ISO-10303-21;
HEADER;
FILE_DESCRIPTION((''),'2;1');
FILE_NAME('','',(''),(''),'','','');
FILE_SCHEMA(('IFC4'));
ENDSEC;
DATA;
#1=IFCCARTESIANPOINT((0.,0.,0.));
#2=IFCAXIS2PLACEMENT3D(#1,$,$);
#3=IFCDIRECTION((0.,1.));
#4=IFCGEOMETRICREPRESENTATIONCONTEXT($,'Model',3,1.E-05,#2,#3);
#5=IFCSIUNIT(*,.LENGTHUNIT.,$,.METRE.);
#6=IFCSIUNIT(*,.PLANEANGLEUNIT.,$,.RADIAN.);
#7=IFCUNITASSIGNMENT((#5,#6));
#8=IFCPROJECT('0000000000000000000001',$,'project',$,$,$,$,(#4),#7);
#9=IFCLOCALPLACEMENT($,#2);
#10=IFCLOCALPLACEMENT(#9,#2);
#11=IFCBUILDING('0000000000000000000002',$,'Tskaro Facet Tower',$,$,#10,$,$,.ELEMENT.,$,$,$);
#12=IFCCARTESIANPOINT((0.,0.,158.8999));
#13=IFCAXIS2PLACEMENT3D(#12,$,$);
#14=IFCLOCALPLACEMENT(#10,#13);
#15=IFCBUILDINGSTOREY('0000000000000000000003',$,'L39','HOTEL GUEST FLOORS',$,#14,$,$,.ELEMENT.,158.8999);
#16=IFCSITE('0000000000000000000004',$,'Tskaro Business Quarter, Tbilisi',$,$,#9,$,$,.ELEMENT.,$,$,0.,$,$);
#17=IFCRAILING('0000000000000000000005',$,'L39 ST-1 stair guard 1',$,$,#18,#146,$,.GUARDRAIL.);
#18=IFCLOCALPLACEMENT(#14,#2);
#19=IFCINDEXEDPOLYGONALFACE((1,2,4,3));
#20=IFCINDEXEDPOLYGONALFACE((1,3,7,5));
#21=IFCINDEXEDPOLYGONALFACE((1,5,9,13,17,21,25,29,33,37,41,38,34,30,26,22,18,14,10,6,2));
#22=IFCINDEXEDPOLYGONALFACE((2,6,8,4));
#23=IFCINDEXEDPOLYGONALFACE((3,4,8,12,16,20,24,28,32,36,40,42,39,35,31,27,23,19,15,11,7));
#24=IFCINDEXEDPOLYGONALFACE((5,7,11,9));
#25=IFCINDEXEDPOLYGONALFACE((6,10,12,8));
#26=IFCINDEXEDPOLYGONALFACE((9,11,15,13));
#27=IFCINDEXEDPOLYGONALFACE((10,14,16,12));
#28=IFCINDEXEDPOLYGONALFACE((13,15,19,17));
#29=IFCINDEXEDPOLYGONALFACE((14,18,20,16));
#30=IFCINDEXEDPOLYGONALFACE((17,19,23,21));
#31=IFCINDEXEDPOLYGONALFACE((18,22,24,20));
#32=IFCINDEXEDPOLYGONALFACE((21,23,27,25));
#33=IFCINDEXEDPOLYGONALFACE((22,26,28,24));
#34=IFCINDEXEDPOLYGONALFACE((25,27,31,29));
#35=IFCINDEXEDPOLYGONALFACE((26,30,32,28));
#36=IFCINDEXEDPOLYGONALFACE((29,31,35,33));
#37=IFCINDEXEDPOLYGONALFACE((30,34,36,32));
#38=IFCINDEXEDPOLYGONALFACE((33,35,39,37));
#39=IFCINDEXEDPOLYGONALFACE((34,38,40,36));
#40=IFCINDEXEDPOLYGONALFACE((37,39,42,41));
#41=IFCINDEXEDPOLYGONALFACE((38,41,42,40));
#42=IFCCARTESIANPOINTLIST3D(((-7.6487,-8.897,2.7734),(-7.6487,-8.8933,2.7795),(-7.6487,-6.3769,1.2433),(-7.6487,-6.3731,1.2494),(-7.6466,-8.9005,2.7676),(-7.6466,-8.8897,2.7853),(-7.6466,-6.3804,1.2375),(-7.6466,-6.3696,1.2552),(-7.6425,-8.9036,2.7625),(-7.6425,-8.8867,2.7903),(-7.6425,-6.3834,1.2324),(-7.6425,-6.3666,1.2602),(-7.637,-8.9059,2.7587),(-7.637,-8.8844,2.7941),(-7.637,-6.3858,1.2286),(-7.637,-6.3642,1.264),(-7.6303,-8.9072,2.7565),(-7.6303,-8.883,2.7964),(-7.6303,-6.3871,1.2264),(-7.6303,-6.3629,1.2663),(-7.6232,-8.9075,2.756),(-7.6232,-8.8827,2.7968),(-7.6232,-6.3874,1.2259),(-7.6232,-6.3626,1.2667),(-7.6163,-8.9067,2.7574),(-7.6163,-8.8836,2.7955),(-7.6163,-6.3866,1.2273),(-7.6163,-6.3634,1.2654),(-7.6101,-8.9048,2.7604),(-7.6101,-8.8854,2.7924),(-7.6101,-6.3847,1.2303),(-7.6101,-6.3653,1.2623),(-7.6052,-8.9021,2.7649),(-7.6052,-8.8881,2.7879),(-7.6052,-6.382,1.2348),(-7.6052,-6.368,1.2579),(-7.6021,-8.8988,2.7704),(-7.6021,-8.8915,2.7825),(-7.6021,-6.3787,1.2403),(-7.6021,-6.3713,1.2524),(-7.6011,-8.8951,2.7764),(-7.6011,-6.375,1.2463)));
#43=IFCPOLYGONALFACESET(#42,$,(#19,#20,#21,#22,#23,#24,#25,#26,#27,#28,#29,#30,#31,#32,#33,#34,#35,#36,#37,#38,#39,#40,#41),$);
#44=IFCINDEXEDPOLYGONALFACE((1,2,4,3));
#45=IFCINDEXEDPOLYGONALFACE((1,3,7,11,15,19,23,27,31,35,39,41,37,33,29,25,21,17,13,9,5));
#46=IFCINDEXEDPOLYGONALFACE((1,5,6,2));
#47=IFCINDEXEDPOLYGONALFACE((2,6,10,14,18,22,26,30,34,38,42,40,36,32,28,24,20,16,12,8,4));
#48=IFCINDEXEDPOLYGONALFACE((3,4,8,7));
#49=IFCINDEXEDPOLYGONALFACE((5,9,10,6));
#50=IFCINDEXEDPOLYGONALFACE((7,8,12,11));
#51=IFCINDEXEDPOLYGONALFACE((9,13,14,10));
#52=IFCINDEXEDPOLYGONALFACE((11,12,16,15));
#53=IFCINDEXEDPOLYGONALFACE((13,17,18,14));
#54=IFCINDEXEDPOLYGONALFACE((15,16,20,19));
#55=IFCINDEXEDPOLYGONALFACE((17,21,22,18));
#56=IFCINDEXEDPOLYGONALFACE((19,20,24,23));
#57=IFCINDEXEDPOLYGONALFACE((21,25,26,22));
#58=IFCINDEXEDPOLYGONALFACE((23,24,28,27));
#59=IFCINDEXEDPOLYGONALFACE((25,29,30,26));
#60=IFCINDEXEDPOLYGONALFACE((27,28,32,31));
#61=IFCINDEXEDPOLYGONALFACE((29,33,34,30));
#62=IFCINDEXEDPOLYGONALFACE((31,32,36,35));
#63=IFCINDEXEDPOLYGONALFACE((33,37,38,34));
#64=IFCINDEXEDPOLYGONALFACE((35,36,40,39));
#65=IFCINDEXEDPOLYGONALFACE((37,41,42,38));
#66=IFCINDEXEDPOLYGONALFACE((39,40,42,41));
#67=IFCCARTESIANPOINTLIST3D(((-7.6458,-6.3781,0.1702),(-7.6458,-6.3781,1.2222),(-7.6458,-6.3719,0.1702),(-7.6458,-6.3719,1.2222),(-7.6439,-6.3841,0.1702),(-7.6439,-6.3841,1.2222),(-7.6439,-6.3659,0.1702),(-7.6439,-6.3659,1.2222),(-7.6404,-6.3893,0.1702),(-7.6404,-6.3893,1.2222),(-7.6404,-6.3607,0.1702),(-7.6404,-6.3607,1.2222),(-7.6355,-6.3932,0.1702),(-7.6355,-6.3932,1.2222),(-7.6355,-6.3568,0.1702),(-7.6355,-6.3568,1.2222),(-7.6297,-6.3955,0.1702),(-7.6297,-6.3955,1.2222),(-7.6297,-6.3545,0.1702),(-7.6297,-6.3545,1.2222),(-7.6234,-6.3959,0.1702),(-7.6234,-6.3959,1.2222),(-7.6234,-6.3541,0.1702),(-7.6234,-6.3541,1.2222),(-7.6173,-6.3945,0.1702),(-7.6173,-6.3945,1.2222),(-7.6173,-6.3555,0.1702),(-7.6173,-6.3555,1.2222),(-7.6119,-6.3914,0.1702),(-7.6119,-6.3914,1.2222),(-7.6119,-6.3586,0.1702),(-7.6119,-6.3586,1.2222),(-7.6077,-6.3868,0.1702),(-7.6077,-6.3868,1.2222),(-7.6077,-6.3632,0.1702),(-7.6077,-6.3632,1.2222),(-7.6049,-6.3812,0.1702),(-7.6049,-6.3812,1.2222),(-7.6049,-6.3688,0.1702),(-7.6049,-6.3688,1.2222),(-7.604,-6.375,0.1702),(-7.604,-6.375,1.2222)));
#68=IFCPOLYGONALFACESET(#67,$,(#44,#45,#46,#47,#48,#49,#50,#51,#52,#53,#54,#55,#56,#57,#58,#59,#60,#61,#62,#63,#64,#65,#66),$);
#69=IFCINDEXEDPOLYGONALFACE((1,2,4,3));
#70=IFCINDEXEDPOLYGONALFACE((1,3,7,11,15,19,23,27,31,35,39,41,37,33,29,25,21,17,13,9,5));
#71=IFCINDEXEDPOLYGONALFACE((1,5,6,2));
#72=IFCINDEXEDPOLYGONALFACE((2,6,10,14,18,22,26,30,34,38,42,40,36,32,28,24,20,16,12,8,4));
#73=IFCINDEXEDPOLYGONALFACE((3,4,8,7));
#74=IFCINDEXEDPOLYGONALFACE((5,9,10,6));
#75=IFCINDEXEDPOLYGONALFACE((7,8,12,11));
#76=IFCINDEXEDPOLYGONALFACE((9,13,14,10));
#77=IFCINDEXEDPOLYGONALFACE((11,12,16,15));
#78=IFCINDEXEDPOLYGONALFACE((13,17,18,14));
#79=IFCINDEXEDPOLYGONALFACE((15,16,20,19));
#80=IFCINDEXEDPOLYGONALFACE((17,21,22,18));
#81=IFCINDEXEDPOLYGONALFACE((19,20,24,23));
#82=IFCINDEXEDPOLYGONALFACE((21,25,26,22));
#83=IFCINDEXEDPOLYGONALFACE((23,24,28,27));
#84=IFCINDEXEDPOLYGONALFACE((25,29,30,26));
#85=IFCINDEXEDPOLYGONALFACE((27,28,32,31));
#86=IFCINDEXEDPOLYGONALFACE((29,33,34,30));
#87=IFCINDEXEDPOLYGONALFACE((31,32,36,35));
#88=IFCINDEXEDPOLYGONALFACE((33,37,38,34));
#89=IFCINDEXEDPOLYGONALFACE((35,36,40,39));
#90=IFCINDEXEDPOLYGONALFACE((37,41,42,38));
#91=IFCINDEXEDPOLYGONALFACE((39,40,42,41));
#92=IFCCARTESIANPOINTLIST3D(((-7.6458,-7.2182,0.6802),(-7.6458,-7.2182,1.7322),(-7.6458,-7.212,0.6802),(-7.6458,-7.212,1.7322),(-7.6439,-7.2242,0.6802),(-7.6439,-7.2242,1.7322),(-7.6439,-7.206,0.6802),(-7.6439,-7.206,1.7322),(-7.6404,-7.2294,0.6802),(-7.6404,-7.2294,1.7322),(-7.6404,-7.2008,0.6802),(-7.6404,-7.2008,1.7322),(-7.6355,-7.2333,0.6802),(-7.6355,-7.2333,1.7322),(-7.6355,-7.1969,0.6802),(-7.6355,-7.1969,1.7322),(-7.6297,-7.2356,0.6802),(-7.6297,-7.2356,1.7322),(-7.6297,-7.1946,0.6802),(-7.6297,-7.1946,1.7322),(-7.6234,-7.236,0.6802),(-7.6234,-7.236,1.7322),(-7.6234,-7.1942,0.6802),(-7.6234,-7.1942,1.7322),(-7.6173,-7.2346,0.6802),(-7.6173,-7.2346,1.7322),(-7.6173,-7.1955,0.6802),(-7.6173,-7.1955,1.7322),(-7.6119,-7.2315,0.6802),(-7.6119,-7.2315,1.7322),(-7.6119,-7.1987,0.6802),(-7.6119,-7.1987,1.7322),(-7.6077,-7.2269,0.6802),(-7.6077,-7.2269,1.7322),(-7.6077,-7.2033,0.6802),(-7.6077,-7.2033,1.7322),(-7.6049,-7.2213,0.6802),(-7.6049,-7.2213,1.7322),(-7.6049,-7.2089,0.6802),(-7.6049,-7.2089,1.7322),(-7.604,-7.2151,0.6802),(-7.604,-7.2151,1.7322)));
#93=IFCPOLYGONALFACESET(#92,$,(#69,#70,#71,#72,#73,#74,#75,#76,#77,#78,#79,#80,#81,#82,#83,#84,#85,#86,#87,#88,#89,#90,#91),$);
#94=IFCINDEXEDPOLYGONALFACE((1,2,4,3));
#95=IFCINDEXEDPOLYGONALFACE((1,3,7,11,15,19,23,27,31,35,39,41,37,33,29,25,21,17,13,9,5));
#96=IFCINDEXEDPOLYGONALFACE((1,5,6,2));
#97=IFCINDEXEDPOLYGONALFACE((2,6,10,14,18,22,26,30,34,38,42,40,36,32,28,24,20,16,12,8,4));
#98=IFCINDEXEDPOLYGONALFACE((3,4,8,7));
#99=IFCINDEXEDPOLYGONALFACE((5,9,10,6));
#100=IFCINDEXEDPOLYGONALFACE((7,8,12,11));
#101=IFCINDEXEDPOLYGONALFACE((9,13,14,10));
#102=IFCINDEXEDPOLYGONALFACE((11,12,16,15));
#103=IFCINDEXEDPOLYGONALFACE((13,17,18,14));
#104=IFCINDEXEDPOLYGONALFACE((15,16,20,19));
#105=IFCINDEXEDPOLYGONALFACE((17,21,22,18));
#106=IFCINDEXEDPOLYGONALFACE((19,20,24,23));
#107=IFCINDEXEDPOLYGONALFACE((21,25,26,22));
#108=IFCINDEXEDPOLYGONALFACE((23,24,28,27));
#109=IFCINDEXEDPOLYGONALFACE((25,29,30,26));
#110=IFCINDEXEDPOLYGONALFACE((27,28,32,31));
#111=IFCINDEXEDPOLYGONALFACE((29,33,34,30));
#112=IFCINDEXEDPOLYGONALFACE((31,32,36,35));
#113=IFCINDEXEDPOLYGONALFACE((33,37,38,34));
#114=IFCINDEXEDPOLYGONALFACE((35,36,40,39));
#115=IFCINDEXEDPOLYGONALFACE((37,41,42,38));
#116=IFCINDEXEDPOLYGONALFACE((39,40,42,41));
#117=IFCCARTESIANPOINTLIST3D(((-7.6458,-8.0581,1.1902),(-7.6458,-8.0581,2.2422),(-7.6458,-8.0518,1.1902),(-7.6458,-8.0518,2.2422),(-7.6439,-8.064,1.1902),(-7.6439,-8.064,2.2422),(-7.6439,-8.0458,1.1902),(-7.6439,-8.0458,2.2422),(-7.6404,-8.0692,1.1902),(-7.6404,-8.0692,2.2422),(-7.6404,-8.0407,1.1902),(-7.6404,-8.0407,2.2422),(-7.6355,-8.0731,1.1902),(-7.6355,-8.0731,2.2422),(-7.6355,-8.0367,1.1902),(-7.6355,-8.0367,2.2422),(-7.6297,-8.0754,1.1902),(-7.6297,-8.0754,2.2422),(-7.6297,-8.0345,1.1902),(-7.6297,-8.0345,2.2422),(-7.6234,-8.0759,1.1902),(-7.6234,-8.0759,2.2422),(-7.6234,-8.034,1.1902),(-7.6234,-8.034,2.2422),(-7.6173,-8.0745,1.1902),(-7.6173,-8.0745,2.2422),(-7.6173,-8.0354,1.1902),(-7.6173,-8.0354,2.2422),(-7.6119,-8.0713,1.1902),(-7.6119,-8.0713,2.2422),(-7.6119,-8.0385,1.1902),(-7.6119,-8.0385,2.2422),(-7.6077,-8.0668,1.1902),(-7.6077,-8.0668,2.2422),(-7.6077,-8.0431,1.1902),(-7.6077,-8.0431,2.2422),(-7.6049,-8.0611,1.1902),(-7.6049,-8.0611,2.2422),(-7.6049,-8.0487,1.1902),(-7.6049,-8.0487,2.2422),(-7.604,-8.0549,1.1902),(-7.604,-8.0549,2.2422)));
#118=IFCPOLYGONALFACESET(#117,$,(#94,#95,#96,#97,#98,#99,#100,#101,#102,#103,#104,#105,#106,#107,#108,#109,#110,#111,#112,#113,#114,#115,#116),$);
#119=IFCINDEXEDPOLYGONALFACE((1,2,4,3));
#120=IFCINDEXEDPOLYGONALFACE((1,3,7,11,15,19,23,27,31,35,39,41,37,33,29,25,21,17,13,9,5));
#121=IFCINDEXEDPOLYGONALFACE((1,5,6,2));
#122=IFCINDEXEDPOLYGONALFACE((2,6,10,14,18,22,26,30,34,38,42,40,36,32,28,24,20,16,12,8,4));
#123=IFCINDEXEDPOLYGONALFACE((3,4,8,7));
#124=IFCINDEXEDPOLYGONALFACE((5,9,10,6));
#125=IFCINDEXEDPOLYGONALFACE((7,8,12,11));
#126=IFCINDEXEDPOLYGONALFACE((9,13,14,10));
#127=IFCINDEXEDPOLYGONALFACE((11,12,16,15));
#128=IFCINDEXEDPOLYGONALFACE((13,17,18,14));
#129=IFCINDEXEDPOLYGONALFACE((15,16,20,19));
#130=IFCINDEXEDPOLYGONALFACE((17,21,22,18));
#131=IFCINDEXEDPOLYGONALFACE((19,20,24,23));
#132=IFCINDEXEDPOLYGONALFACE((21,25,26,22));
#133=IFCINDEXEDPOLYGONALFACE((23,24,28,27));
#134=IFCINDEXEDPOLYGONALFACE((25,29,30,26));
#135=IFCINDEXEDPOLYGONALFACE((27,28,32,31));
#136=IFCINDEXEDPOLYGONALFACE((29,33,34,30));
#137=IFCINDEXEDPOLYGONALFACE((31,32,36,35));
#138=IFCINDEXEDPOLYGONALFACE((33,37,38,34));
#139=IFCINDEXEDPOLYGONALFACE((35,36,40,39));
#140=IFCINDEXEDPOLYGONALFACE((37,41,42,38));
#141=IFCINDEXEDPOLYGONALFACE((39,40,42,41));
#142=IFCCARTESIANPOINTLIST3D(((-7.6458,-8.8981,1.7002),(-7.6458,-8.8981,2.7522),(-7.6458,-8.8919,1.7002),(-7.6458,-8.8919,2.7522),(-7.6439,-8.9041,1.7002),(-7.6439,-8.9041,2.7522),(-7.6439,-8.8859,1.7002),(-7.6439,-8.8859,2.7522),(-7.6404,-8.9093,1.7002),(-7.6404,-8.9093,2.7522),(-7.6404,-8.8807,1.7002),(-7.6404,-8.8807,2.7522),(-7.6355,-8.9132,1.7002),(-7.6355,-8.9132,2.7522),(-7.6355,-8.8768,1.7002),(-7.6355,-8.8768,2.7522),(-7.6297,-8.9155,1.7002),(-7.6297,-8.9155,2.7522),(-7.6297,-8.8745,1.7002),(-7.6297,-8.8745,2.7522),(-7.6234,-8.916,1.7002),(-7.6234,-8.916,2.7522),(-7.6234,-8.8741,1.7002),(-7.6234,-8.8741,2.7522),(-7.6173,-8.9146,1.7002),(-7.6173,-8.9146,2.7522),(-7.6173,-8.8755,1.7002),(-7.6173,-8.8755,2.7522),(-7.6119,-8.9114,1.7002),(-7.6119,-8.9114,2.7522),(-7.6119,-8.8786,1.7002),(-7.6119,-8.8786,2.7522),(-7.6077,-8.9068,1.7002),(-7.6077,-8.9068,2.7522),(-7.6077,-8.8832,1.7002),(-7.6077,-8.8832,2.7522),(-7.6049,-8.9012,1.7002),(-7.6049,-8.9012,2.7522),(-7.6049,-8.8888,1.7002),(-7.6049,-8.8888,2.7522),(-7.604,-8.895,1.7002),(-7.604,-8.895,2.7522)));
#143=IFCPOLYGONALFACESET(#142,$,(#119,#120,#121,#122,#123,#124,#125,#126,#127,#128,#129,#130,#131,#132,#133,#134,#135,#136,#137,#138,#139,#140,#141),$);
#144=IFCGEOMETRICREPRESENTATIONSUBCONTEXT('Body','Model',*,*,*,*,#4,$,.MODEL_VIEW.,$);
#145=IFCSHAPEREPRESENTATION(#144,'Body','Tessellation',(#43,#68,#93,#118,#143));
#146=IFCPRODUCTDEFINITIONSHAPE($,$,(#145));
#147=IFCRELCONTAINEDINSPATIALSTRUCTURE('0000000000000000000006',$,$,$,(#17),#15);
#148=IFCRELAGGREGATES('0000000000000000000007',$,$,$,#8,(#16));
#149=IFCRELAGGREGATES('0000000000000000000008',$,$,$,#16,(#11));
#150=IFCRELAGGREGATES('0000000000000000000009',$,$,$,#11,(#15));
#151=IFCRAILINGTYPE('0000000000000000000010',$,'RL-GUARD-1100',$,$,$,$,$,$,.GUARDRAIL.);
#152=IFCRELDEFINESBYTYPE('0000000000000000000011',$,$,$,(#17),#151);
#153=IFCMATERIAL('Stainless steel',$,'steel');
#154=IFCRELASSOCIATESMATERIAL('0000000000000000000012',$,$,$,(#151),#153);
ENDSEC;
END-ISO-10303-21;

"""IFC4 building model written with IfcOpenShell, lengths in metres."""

from ifc_helpers import new_model, si_unit, direction, frame, origin, origin_2d, place, context, subcontext, project, spatial, circle, extrude, material, type_object, element, save


model = new_model("IFC4")

# Units and contexts
model_context = context("Model", 3, precision=1e-05, world=origin(), true_north=direction((0.0, 1.0)))
body_context = subcontext(model_context, "Body", "Model", "MODEL_VIEW")
ifc_project = project(units=[si_unit("LENGTHUNIT", "METRE"), si_unit("PLANEANGLEUNIT", "RADIAN")], contexts=[model_context])

# Site, building, storey
site_placement = place(None, origin())
site = spatial("IfcSite", under=ifc_project, at=site_placement, Name="Tskaro Business Quarter, Tbilisi", CompositionType="ELEMENT", RefElevation=0.0)
building_placement = place(site_placement, origin())
building = spatial("IfcBuilding", under=site, at=building_placement, Name="Tskaro Facet Tower", CompositionType="ELEMENT")
storey_placement = place(building_placement, frame((0.0, 0.0, 158.8999)))
storey = spatial("IfcBuildingStorey", under=building, at=storey_placement, Name="L39", Description="HOTEL GUEST FLOORS", CompositionType="ELEMENT", Elevation=158.8999)

# Shared definitions
ifc_material_1 = material(Name="Stainless steel", Category="steel")

# Railing
railing_type_1 = type_object("IfcRailingType", Name="RL-GUARD-1100", PredefinedType="GUARDRAIL", material=ifc_material_1)
railing_1_placement = place(storey_placement, frame((-7.625, -6.375, 0.1702)))
element("IfcRailing", 1, at=railing_1_placement, inside=storey, type_object=railing_type_1, Name="L39 ST-1 stair guard 1", PredefinedType="GUARDRAIL", context=body_context, shape_type="SweptSolid", body=[
    extrude(circle(Radius=0.0239, at=origin_2d()), frame((0.0, 0.0, 1.0762), z_axis=(0.0, -0.854785, 0.518982), x_axis=(1.0, 0.0, 0.0)), (0.0, 0.0, 1.0), 2.9482),
    extrude(circle(Radius=0.021, at=origin_2d()), origin(), (0.0, 0.0, 1.0), 1.052),
    extrude(circle(Radius=0.021, at=origin_2d()), frame((0.0, -0.8401, 0.51)), (0.0, 0.0, 1.0), 1.052),
    extrude(circle(Radius=0.021, at=origin_2d()), frame((0.0, -1.6799, 1.02)), (0.0, 0.0, 1.0), 1.052),
    extrude(circle(Radius=0.021, at=origin_2d()), frame((0.0, -2.52, 1.53)), (0.0, 0.0, 1.0), 1.052),
])

save(model, "model.ifc")
